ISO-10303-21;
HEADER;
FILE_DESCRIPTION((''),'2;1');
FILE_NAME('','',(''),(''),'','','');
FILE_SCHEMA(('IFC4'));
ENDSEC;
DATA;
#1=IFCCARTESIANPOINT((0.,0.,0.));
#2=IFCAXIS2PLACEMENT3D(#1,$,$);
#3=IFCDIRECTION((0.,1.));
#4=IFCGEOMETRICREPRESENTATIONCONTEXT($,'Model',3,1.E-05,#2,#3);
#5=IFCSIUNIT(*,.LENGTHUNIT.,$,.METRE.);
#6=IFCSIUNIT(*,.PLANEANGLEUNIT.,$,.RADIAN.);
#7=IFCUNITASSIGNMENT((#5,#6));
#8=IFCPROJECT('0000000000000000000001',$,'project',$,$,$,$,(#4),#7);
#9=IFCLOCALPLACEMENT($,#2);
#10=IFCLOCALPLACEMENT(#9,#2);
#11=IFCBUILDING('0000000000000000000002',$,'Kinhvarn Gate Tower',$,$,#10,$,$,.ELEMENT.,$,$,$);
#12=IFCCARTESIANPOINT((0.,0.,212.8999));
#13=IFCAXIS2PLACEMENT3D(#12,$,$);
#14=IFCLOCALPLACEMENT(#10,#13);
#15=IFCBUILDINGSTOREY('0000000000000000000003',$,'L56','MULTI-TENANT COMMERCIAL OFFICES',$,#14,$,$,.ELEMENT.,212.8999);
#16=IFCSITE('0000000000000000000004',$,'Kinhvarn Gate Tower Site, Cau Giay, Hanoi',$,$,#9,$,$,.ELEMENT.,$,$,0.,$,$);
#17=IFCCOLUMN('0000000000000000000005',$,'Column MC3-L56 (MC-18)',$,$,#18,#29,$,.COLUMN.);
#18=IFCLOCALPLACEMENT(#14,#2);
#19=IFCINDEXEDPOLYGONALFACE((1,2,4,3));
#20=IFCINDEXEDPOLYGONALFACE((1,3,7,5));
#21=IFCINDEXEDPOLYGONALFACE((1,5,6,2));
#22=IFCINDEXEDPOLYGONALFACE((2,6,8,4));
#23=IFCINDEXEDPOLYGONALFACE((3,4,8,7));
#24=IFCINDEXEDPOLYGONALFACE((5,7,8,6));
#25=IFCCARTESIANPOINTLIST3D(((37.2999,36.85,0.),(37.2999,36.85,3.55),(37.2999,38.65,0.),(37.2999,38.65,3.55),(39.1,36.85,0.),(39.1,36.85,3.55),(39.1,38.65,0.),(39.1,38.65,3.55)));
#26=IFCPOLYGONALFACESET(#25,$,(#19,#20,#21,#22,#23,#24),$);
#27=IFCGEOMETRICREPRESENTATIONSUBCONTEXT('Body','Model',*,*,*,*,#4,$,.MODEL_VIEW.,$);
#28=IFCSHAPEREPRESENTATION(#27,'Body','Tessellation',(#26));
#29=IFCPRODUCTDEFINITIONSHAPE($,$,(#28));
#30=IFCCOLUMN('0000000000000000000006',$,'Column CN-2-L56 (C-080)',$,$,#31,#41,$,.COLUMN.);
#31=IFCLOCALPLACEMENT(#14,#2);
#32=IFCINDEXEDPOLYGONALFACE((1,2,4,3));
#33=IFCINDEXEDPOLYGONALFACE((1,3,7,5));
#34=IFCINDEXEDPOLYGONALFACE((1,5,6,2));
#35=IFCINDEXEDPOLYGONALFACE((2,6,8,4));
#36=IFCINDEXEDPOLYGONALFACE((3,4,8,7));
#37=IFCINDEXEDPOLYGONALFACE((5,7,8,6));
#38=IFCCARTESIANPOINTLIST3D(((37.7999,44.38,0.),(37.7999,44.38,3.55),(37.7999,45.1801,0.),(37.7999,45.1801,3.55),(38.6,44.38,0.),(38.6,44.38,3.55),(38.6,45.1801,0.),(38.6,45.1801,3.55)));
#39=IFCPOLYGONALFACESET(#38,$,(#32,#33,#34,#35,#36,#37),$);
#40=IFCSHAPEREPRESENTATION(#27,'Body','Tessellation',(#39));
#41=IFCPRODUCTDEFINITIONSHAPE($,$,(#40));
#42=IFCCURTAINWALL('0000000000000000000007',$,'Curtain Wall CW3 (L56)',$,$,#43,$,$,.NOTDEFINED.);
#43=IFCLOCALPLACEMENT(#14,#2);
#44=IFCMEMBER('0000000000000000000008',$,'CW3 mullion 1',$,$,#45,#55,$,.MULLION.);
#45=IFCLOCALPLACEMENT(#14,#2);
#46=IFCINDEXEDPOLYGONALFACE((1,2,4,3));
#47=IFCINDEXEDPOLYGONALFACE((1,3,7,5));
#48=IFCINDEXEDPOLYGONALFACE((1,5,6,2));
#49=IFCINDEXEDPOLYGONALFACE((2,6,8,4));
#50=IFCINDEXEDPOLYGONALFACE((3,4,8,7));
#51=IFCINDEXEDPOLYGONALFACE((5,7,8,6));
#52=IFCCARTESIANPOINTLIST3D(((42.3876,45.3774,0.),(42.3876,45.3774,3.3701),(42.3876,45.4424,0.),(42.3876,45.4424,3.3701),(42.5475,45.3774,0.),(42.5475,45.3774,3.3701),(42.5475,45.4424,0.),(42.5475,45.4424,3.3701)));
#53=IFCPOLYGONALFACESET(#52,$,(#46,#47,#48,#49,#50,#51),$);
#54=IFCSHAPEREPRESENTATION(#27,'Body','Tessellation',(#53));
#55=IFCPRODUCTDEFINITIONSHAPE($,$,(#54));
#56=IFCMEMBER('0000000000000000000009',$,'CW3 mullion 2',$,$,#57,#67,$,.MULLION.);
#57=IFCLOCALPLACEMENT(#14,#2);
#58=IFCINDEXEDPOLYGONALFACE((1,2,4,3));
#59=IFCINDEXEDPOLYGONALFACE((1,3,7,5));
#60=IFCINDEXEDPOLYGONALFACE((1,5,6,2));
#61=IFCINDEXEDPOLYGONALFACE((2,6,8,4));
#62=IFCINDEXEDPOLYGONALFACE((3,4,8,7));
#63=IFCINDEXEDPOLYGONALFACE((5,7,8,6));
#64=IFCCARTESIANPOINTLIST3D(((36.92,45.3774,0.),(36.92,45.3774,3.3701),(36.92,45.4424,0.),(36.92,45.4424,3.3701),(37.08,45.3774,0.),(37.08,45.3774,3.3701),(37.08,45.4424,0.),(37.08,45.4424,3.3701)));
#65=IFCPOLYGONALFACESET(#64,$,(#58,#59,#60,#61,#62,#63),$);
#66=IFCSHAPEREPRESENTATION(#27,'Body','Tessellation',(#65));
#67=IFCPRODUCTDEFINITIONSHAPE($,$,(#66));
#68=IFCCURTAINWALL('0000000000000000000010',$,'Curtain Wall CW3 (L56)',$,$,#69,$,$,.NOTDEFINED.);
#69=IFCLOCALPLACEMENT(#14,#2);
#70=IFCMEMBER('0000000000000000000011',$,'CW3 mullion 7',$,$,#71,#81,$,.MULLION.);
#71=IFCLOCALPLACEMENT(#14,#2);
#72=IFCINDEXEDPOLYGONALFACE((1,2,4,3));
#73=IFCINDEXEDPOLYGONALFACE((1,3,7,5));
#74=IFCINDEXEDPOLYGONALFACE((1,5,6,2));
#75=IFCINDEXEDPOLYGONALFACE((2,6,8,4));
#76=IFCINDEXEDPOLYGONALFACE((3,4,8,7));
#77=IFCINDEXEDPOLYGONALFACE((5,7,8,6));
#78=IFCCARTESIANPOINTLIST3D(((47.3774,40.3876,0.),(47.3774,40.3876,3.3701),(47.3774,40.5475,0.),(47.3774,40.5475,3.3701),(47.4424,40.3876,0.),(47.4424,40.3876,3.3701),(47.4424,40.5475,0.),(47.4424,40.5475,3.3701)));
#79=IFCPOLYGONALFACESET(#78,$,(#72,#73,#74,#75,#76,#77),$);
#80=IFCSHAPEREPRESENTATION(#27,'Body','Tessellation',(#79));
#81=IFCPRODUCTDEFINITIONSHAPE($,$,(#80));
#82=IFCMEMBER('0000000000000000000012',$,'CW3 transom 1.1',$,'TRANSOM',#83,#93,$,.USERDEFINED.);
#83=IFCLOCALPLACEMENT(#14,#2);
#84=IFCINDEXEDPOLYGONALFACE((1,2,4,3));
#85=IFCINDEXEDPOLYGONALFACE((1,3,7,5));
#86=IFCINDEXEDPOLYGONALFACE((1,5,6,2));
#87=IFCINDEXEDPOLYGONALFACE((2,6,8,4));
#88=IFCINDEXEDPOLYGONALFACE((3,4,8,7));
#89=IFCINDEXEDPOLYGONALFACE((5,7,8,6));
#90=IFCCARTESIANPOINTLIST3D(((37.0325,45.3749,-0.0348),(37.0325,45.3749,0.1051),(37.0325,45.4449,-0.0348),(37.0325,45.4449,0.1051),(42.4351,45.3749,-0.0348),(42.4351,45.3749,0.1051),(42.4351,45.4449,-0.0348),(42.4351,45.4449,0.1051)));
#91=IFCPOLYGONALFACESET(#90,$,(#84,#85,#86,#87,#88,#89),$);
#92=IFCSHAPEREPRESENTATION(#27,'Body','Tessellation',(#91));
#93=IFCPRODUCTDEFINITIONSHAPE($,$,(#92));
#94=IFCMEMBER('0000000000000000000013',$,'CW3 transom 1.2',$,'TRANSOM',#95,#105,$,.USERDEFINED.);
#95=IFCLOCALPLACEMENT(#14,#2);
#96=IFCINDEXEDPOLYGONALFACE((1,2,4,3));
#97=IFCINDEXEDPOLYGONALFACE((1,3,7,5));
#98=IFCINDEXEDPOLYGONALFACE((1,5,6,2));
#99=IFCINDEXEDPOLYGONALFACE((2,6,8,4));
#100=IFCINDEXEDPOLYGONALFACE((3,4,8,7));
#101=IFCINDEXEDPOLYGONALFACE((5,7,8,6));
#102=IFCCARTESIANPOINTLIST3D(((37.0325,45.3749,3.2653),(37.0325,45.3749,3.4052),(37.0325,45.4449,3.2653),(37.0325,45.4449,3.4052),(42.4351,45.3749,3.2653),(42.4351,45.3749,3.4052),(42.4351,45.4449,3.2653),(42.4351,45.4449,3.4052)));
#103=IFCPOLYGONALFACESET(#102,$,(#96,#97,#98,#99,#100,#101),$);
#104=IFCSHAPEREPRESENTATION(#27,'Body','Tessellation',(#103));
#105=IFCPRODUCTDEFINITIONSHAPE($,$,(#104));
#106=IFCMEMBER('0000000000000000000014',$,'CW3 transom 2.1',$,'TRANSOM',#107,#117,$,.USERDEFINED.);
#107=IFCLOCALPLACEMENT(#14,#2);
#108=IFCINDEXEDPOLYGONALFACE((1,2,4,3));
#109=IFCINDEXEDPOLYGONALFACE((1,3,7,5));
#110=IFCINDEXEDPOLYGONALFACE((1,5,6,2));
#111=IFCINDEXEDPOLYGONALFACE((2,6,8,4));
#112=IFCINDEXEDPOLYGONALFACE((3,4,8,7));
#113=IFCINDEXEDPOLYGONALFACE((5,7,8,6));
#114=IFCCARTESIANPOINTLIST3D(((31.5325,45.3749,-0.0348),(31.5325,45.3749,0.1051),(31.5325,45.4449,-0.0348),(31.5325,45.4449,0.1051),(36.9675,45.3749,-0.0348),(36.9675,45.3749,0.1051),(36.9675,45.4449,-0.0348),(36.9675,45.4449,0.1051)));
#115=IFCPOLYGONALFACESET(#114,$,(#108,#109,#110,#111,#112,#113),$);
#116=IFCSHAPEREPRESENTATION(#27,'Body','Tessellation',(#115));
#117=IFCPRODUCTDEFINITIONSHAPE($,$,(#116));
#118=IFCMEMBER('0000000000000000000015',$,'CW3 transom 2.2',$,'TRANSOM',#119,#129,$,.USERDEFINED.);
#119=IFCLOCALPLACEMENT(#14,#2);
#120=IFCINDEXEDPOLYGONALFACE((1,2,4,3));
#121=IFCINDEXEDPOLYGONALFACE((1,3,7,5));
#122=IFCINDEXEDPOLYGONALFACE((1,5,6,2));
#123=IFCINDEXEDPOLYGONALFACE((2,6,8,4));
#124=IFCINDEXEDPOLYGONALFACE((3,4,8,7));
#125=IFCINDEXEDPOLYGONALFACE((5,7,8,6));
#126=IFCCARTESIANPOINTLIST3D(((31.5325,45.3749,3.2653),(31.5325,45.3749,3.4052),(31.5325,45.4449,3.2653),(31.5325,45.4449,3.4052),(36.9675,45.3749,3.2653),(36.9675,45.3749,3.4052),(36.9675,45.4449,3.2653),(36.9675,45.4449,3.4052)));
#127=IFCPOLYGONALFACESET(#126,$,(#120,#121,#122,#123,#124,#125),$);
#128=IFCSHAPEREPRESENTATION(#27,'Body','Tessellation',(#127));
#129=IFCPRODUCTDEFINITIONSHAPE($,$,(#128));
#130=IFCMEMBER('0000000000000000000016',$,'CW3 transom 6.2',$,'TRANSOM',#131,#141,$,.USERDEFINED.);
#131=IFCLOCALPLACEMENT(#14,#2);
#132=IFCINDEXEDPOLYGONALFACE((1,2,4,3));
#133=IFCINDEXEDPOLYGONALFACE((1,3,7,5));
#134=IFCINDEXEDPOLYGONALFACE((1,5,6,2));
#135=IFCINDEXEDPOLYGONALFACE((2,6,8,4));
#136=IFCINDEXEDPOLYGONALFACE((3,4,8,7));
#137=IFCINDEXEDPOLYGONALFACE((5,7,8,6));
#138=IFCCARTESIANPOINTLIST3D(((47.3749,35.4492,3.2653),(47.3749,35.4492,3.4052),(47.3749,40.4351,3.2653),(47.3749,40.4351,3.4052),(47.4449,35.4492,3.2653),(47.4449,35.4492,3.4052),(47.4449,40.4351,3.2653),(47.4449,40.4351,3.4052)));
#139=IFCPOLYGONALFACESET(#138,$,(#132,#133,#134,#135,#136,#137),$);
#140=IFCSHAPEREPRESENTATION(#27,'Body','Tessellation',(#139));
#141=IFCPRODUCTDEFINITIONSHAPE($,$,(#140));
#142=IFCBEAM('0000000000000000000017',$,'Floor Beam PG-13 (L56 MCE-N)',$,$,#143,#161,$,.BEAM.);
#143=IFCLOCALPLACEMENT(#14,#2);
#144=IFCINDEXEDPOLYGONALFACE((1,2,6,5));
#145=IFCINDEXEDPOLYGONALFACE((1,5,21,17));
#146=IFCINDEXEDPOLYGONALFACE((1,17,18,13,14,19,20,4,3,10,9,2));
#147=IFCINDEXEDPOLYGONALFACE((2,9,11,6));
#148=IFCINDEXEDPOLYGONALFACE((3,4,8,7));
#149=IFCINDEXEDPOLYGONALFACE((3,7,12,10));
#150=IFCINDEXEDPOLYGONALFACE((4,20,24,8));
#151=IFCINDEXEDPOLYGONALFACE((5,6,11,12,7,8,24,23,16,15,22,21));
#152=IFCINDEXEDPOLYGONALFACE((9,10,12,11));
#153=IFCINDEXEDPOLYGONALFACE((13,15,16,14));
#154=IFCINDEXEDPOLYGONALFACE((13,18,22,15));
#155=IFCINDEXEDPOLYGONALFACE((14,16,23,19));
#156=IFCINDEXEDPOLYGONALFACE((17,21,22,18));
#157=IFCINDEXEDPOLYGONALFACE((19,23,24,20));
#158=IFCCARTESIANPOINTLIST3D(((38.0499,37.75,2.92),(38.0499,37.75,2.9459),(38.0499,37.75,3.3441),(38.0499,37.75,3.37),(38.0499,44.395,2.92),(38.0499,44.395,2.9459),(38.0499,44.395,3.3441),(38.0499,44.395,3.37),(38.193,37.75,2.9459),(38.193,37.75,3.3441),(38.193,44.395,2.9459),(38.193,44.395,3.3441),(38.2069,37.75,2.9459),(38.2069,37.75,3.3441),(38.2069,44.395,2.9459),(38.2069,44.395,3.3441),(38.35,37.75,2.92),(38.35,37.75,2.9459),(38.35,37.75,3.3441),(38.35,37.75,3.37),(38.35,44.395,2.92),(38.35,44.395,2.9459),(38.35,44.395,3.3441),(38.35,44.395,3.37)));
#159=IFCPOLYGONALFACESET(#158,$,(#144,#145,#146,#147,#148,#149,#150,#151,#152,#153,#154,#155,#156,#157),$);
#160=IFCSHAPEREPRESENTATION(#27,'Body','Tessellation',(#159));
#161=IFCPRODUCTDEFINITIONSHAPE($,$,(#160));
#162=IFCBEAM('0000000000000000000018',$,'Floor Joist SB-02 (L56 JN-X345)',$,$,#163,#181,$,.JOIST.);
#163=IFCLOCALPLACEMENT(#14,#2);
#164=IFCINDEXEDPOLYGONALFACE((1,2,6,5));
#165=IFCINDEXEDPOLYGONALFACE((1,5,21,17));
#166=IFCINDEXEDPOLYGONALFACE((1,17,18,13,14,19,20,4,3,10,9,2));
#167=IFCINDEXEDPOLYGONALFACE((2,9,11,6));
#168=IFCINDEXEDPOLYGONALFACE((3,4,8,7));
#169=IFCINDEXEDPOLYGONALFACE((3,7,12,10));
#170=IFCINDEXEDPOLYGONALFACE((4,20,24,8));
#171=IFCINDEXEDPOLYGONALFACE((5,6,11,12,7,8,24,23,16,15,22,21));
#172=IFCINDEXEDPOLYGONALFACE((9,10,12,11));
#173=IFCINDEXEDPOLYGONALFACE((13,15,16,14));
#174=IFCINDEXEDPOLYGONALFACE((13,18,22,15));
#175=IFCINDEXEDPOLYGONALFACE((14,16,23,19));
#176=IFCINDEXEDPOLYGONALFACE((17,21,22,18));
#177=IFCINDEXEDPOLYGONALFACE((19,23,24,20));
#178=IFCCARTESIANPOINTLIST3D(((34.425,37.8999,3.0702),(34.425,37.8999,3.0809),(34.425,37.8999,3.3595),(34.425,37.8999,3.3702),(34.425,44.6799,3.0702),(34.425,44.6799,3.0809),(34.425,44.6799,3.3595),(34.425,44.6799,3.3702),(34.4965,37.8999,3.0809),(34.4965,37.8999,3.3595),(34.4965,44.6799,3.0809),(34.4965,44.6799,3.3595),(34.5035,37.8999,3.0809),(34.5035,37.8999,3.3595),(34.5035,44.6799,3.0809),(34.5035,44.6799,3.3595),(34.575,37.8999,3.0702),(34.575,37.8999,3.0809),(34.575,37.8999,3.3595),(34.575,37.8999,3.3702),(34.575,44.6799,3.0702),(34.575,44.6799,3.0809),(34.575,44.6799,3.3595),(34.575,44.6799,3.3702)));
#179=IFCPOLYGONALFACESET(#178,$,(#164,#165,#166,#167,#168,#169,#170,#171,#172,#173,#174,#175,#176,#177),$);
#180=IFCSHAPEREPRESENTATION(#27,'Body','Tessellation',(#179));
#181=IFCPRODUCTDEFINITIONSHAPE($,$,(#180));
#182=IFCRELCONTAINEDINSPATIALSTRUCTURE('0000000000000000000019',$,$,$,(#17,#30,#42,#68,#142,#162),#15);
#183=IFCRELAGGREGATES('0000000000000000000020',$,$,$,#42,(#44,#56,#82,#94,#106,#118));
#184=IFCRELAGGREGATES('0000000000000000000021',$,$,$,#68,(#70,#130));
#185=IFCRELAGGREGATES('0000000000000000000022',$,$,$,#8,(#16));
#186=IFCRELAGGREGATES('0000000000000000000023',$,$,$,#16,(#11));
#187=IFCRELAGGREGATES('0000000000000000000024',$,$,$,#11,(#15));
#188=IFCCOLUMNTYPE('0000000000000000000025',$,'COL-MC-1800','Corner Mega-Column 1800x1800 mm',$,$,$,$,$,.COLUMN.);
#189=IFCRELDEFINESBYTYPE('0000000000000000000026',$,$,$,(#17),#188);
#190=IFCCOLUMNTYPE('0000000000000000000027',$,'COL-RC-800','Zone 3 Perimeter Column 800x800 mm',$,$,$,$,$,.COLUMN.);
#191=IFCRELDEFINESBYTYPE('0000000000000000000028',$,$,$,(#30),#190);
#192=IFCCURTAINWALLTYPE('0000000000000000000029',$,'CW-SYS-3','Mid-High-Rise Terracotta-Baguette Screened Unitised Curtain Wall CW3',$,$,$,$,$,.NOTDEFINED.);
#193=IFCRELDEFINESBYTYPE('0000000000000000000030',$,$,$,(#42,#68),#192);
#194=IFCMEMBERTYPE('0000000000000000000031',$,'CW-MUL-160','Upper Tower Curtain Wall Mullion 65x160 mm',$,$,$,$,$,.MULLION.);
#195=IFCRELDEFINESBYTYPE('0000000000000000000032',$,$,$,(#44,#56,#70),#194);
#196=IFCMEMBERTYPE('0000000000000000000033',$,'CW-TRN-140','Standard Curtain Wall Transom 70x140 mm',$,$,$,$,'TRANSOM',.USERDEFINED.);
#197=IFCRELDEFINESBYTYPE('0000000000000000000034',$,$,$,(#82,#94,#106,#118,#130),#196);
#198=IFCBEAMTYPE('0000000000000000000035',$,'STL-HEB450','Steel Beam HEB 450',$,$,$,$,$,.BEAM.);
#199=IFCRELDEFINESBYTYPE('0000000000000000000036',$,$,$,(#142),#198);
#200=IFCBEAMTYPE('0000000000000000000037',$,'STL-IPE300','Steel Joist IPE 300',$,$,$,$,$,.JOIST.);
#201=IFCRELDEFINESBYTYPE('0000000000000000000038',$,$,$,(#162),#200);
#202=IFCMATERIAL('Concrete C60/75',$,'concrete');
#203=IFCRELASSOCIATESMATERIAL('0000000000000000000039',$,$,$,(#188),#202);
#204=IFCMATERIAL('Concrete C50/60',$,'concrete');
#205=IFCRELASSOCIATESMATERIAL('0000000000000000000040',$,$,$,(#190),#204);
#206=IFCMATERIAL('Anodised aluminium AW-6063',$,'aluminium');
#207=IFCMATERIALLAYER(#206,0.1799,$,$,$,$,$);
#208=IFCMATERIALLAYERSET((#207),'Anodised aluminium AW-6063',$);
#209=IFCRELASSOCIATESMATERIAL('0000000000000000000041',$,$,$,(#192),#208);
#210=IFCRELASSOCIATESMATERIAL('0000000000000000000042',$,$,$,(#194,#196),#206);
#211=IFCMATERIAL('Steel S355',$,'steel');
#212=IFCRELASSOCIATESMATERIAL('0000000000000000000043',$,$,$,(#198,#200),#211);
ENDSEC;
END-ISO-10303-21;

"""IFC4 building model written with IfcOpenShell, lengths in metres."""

from ifc_helpers import new_model, si_unit, direction, frame, origin, origin_2d, place, context, subcontext, project, spatial, rectangle, i_section, extrude, material, layer, layer_set, material_profile, profile_set, type_object, element, aggregate, save


model = new_model("IFC4")

# Units and contexts
model_context = context("Model", 3, precision=1e-05, world=origin(), true_north=direction((0.0, 1.0)))
body_context = subcontext(model_context, "Body", "Model", "MODEL_VIEW")
ifc_project = project(units=[si_unit("LENGTHUNIT", "METRE"), si_unit("PLANEANGLEUNIT", "RADIAN")], contexts=[model_context])

# Site, building, storey
site_placement = place(None, origin())
site = spatial("IfcSite", under=ifc_project, at=site_placement, Name="Kinhvarn Gate Tower Site, Cau Giay, Hanoi", CompositionType="ELEMENT", RefElevation=0.0)
building_placement = place(site_placement, origin())
building = spatial("IfcBuilding", under=site, at=building_placement, Name="Kinhvarn Gate Tower", CompositionType="ELEMENT")
storey_placement = place(building_placement, frame((0.0, 0.0, 212.8999)))
storey = spatial("IfcBuildingStorey", under=building, at=storey_placement, Name="L56", Description="MULTI-TENANT COMMERCIAL OFFICES", CompositionType="ELEMENT", Elevation=212.8999)

# Columns
ifc_material_1 = material(Name="Concrete C60/75", Category="concrete")
ifc_material_profile_1 = material_profile(ifc_material_1, rectangle(XDim=1.8, YDim=1.8, at=origin_2d()), Name="RC 1800x1800")
ifc_profile_set_1 = profile_set([ifc_material_profile_1], Name="Concrete C60/75")
column_type_1 = type_object("IfcColumnType", Name="COL-MC-1800", Description="Corner Mega-Column 1800x1800 mm", PredefinedType="COLUMN", material=ifc_profile_set_1)
column_1_placement = place(storey_placement, frame((38.2, 37.75, 0.0), z_axis=(0.0, 0.0, 1.0), x_axis=(1.0, 0.0, 0.0)))
element("IfcColumn", 1, at=column_1_placement, inside=storey, type_object=column_type_1, Name="Column MC3-L56 (MC-18)", PredefinedType="COLUMN", context=body_context, shape_type="SweptSolid", body=[
    extrude(rectangle(XDim=1.8, YDim=1.8, at=origin_2d()), origin(), (0.0, 0.0, 1.0), 3.55),
])
ifc_material_2 = material(Name="Concrete C50/60", Category="concrete")
ifc_material_profile_2 = material_profile(ifc_material_2, rectangle(XDim=0.8, YDim=0.8, at=origin_2d()), Name="RC 800x800")
ifc_profile_set_2 = profile_set([ifc_material_profile_2], Name="Concrete C50/60")
column_type_2 = type_object("IfcColumnType", Name="COL-RC-800", Description="Zone 3 Perimeter Column 800x800 mm", PredefinedType="COLUMN", material=ifc_profile_set_2)
column_2_placement = place(storey_placement, frame((38.2, 44.78, 0.0), z_axis=(0.0, 0.0, 1.0), x_axis=(1.0, 0.0, 0.0)))
element("IfcColumn", 2, at=column_2_placement, inside=storey, type_object=column_type_2, Name="Column CN-2-L56 (C-080)", PredefinedType="COLUMN", context=body_context, shape_type="SweptSolid", body=[
    extrude(rectangle(XDim=0.8, YDim=0.8, at=origin_2d()), origin(), (0.0, 0.0, 1.0), 3.55),
])

# Curtain wall, members
ifc_material_3 = material(Name="Anodised aluminium AW-6063", Category="aluminium")
ifc_layer_1 = layer(ifc_material_3, 0.1799)
ifc_layer_set_1 = layer_set([ifc_layer_1], Name="Anodised aluminium AW-6063")
curtain_wall_type = type_object("IfcCurtainWallType", Name="CW-SYS-3", Description="Mid-High-Rise Terracotta-Baguette Screened Unitised Curtain Wall CW3", PredefinedType="NOTDEFINED", material=ifc_layer_set_1)
curtain_wall_1_placement = place(storey_placement, origin())
curtain_wall_1 = element("IfcCurtainWall", 3, at=curtain_wall_1_placement, inside=storey, type_object=curtain_wall_type, Name="Curtain Wall CW3 (L56)", PredefinedType="NOTDEFINED")
ifc_material_profile_3 = material_profile(ifc_material_3, rectangle(XDim=0.0649, YDim=0.1599, at=origin_2d()), Name="ALU 65x160")
ifc_profile_set_3 = profile_set([ifc_material_profile_3], Name="Anodised aluminium AW-6063")
member_type_1 = type_object("IfcMemberType", Name="CW-MUL-160", Description="Upper Tower Curtain Wall Mullion 65x160 mm", PredefinedType="MULLION", material=ifc_profile_set_3)
member_1_placement = place(storey_placement, frame((42.4675, 45.4099, 0.0), z_axis=(0.0, 0.0, 1.0), x_axis=(0.0, -1.0, 0.0)))
member_1 = element("IfcMember", 4, at=member_1_placement, type_object=member_type_1, Name="CW3 mullion 1", PredefinedType="MULLION", context=body_context, shape_type="SweptSolid", body=[
    extrude(rectangle(XDim=0.0649, YDim=0.1599, at=origin_2d()), origin(), (0.0, 0.0, 1.0), 3.3701),
])
member_2_placement = place(storey_placement, frame((37.0, 45.4099, 0.0), z_axis=(0.0, 0.0, 1.0), x_axis=(0.0, -1.0, 0.0)))
member_2 = element("IfcMember", 5, at=member_2_placement, type_object=member_type_1, Name="CW3 mullion 2", PredefinedType="MULLION", context=body_context, shape_type="SweptSolid", body=[
    extrude(rectangle(XDim=0.0649, YDim=0.1599, at=origin_2d()), origin(), (0.0, 0.0, 1.0), 3.3701),
])

# Curtain wall, member
curtain_wall_2_placement = place(storey_placement, origin())
curtain_wall_2 = element("IfcCurtainWall", 6, at=curtain_wall_2_placement, inside=storey, type_object=curtain_wall_type, Name="Curtain Wall CW3 (L56)", PredefinedType="NOTDEFINED")
member_3_placement = place(storey_placement, frame((47.4099, 40.4675, 0.0), z_axis=(0.0, 0.0, 1.0), x_axis=(-1.0, 0.0, 0.0)))
member_3 = element("IfcMember", 7, at=member_3_placement, type_object=member_type_1, Name="CW3 mullion 7", PredefinedType="MULLION", context=body_context, shape_type="SweptSolid", body=[
    extrude(rectangle(XDim=0.0649, YDim=0.1599, at=origin_2d()), origin(), (0.0, 0.0, 1.0), 3.3701),
])

# Members
ifc_material_profile_4 = material_profile(ifc_material_3, rectangle(XDim=0.0701, YDim=0.1399, at=origin_2d()), Name="ALU 70x140")
ifc_profile_set_4 = profile_set([ifc_material_profile_4], Name="Anodised aluminium AW-6063")
member_type_2 = type_object("IfcMemberType", Name="CW-TRN-140", Description="Standard Curtain Wall Transom 70x140 mm", ElementType="TRANSOM", PredefinedType="USERDEFINED", material=ifc_profile_set_4)
member_4_placement = place(storey_placement, frame((42.4351, 45.4099, 0.0352), z_axis=(-1.0, 0.0, 0.0), x_axis=(0.0, -1.0, 0.0)))
member_4 = element("IfcMember", 8, at=member_4_placement, type_object=member_type_2, Name="CW3 transom 1.1", ObjectType="TRANSOM", PredefinedType="USERDEFINED", context=body_context, shape_type="SweptSolid", body=[
    extrude(rectangle(XDim=0.0701, YDim=0.1399, at=origin_2d()), origin(), (0.0, 0.0, 1.0), 5.4026),
])
member_5_placement = place(storey_placement, frame((42.4351, 45.4099, 3.3352), z_axis=(-1.0, 0.0, 0.0), x_axis=(0.0, -1.0, 0.0)))
member_5 = element("IfcMember", 9, at=member_5_placement, type_object=member_type_2, Name="CW3 transom 1.2", ObjectType="TRANSOM", PredefinedType="USERDEFINED", context=body_context, shape_type="SweptSolid", body=[
    extrude(rectangle(XDim=0.0701, YDim=0.1399, at=origin_2d()), origin(), (0.0, 0.0, 1.0), 5.4026),
])
member_6_placement = place(storey_placement, frame((36.9675, 45.4099, 0.0352), z_axis=(-1.0, 0.0, 0.0), x_axis=(0.0, -1.0, 0.0)))
member_6 = element("IfcMember", 10, at=member_6_placement, type_object=member_type_2, Name="CW3 transom 2.1", ObjectType="TRANSOM", PredefinedType="USERDEFINED", context=body_context, shape_type="SweptSolid", body=[
    extrude(rectangle(XDim=0.0701, YDim=0.1399, at=origin_2d()), origin(), (0.0, 0.0, 1.0), 5.4351),
])
member_7_placement = place(storey_placement, frame((36.9675, 45.4099, 3.3352), z_axis=(-1.0, 0.0, 0.0), x_axis=(0.0, -1.0, 0.0)))
member_7 = element("IfcMember", 11, at=member_7_placement, type_object=member_type_2, Name="CW3 transom 2.2", ObjectType="TRANSOM", PredefinedType="USERDEFINED", context=body_context, shape_type="SweptSolid", body=[
    extrude(rectangle(XDim=0.0701, YDim=0.1399, at=origin_2d()), origin(), (0.0, 0.0, 1.0), 5.4351),
])
member_8_placement = place(storey_placement, frame((47.4099, 35.4492, 3.3352), z_axis=(0.0, 1.0, 0.0), x_axis=(-1.0, 0.0, 0.0)))
member_8 = element("IfcMember", 12, at=member_8_placement, type_object=member_type_2, Name="CW3 transom 6.2", ObjectType="TRANSOM", PredefinedType="USERDEFINED", context=body_context, shape_type="SweptSolid", body=[
    extrude(rectangle(XDim=0.0701, YDim=0.1399, at=origin_2d()), origin(), (0.0, 0.0, 1.0), 4.9858),
])

# Beams
ifc_material_4 = material(Name="Steel S355", Category="steel")
ifc_material_profile_5 = material_profile(ifc_material_4, i_section(OverallWidth=0.3, OverallDepth=0.45, WebThickness=0.0139, FlangeThickness=0.0259, at=origin_2d()), Name="HEB 450")
ifc_profile_set_5 = profile_set([ifc_material_profile_5], Name="Steel S355")
beam_type_1 = type_object("IfcBeamType", Name="STL-HEB450", Description="Steel Beam HEB 450", PredefinedType="BEAM", material=ifc_profile_set_5)
beam_1_placement = place(storey_placement, frame((38.2, 37.75, 3.145), z_axis=(0.0, 1.0, 0.0), x_axis=(-1.0, 0.0, 0.0)))
element("IfcBeam", 13, at=beam_1_placement, inside=storey, type_object=beam_type_1, Name="Floor Beam PG-13 (L56 MCE-N)", PredefinedType="BEAM", context=body_context, shape_type="SweptSolid", body=[
    extrude(i_section(OverallWidth=0.3, OverallDepth=0.45, WebThickness=0.0139, FlangeThickness=0.0259, at=origin_2d()), origin(), (0.0, 0.0, 1.0), 6.645),
])
ifc_material_profile_6 = material_profile(ifc_material_4, i_section(OverallWidth=0.1499, OverallDepth=0.3, WebThickness=0.0071, FlangeThickness=0.0107, at=origin_2d()), Name="IPE 300")
ifc_profile_set_6 = profile_set([ifc_material_profile_6], Name="Steel S355")
beam_type_2 = type_object("IfcBeamType", Name="STL-IPE300", Description="Steel Joist IPE 300", PredefinedType="JOIST", material=ifc_profile_set_6)
beam_2_placement = place(storey_placement, frame((34.5, 37.8999, 3.2202), z_axis=(0.0, 1.0, 0.0), x_axis=(-1.0, 0.0, 0.0)))
element("IfcBeam", 14, at=beam_2_placement, inside=storey, type_object=beam_type_2, Name="Floor Joist SB-02 (L56 JN-X345)", PredefinedType="JOIST", context=body_context, shape_type="SweptSolid", body=[
    extrude(i_section(OverallWidth=0.1499, OverallDepth=0.3, WebThickness=0.0071, FlangeThickness=0.0107, at=origin_2d()), origin(), (0.0, 0.0, 1.0), 6.78),
])

aggregate(curtain_wall_1, [member_1, member_2, member_4, member_5, member_6, member_7])
aggregate(curtain_wall_2, [member_3, member_8])

save(model, "model.ifc")
